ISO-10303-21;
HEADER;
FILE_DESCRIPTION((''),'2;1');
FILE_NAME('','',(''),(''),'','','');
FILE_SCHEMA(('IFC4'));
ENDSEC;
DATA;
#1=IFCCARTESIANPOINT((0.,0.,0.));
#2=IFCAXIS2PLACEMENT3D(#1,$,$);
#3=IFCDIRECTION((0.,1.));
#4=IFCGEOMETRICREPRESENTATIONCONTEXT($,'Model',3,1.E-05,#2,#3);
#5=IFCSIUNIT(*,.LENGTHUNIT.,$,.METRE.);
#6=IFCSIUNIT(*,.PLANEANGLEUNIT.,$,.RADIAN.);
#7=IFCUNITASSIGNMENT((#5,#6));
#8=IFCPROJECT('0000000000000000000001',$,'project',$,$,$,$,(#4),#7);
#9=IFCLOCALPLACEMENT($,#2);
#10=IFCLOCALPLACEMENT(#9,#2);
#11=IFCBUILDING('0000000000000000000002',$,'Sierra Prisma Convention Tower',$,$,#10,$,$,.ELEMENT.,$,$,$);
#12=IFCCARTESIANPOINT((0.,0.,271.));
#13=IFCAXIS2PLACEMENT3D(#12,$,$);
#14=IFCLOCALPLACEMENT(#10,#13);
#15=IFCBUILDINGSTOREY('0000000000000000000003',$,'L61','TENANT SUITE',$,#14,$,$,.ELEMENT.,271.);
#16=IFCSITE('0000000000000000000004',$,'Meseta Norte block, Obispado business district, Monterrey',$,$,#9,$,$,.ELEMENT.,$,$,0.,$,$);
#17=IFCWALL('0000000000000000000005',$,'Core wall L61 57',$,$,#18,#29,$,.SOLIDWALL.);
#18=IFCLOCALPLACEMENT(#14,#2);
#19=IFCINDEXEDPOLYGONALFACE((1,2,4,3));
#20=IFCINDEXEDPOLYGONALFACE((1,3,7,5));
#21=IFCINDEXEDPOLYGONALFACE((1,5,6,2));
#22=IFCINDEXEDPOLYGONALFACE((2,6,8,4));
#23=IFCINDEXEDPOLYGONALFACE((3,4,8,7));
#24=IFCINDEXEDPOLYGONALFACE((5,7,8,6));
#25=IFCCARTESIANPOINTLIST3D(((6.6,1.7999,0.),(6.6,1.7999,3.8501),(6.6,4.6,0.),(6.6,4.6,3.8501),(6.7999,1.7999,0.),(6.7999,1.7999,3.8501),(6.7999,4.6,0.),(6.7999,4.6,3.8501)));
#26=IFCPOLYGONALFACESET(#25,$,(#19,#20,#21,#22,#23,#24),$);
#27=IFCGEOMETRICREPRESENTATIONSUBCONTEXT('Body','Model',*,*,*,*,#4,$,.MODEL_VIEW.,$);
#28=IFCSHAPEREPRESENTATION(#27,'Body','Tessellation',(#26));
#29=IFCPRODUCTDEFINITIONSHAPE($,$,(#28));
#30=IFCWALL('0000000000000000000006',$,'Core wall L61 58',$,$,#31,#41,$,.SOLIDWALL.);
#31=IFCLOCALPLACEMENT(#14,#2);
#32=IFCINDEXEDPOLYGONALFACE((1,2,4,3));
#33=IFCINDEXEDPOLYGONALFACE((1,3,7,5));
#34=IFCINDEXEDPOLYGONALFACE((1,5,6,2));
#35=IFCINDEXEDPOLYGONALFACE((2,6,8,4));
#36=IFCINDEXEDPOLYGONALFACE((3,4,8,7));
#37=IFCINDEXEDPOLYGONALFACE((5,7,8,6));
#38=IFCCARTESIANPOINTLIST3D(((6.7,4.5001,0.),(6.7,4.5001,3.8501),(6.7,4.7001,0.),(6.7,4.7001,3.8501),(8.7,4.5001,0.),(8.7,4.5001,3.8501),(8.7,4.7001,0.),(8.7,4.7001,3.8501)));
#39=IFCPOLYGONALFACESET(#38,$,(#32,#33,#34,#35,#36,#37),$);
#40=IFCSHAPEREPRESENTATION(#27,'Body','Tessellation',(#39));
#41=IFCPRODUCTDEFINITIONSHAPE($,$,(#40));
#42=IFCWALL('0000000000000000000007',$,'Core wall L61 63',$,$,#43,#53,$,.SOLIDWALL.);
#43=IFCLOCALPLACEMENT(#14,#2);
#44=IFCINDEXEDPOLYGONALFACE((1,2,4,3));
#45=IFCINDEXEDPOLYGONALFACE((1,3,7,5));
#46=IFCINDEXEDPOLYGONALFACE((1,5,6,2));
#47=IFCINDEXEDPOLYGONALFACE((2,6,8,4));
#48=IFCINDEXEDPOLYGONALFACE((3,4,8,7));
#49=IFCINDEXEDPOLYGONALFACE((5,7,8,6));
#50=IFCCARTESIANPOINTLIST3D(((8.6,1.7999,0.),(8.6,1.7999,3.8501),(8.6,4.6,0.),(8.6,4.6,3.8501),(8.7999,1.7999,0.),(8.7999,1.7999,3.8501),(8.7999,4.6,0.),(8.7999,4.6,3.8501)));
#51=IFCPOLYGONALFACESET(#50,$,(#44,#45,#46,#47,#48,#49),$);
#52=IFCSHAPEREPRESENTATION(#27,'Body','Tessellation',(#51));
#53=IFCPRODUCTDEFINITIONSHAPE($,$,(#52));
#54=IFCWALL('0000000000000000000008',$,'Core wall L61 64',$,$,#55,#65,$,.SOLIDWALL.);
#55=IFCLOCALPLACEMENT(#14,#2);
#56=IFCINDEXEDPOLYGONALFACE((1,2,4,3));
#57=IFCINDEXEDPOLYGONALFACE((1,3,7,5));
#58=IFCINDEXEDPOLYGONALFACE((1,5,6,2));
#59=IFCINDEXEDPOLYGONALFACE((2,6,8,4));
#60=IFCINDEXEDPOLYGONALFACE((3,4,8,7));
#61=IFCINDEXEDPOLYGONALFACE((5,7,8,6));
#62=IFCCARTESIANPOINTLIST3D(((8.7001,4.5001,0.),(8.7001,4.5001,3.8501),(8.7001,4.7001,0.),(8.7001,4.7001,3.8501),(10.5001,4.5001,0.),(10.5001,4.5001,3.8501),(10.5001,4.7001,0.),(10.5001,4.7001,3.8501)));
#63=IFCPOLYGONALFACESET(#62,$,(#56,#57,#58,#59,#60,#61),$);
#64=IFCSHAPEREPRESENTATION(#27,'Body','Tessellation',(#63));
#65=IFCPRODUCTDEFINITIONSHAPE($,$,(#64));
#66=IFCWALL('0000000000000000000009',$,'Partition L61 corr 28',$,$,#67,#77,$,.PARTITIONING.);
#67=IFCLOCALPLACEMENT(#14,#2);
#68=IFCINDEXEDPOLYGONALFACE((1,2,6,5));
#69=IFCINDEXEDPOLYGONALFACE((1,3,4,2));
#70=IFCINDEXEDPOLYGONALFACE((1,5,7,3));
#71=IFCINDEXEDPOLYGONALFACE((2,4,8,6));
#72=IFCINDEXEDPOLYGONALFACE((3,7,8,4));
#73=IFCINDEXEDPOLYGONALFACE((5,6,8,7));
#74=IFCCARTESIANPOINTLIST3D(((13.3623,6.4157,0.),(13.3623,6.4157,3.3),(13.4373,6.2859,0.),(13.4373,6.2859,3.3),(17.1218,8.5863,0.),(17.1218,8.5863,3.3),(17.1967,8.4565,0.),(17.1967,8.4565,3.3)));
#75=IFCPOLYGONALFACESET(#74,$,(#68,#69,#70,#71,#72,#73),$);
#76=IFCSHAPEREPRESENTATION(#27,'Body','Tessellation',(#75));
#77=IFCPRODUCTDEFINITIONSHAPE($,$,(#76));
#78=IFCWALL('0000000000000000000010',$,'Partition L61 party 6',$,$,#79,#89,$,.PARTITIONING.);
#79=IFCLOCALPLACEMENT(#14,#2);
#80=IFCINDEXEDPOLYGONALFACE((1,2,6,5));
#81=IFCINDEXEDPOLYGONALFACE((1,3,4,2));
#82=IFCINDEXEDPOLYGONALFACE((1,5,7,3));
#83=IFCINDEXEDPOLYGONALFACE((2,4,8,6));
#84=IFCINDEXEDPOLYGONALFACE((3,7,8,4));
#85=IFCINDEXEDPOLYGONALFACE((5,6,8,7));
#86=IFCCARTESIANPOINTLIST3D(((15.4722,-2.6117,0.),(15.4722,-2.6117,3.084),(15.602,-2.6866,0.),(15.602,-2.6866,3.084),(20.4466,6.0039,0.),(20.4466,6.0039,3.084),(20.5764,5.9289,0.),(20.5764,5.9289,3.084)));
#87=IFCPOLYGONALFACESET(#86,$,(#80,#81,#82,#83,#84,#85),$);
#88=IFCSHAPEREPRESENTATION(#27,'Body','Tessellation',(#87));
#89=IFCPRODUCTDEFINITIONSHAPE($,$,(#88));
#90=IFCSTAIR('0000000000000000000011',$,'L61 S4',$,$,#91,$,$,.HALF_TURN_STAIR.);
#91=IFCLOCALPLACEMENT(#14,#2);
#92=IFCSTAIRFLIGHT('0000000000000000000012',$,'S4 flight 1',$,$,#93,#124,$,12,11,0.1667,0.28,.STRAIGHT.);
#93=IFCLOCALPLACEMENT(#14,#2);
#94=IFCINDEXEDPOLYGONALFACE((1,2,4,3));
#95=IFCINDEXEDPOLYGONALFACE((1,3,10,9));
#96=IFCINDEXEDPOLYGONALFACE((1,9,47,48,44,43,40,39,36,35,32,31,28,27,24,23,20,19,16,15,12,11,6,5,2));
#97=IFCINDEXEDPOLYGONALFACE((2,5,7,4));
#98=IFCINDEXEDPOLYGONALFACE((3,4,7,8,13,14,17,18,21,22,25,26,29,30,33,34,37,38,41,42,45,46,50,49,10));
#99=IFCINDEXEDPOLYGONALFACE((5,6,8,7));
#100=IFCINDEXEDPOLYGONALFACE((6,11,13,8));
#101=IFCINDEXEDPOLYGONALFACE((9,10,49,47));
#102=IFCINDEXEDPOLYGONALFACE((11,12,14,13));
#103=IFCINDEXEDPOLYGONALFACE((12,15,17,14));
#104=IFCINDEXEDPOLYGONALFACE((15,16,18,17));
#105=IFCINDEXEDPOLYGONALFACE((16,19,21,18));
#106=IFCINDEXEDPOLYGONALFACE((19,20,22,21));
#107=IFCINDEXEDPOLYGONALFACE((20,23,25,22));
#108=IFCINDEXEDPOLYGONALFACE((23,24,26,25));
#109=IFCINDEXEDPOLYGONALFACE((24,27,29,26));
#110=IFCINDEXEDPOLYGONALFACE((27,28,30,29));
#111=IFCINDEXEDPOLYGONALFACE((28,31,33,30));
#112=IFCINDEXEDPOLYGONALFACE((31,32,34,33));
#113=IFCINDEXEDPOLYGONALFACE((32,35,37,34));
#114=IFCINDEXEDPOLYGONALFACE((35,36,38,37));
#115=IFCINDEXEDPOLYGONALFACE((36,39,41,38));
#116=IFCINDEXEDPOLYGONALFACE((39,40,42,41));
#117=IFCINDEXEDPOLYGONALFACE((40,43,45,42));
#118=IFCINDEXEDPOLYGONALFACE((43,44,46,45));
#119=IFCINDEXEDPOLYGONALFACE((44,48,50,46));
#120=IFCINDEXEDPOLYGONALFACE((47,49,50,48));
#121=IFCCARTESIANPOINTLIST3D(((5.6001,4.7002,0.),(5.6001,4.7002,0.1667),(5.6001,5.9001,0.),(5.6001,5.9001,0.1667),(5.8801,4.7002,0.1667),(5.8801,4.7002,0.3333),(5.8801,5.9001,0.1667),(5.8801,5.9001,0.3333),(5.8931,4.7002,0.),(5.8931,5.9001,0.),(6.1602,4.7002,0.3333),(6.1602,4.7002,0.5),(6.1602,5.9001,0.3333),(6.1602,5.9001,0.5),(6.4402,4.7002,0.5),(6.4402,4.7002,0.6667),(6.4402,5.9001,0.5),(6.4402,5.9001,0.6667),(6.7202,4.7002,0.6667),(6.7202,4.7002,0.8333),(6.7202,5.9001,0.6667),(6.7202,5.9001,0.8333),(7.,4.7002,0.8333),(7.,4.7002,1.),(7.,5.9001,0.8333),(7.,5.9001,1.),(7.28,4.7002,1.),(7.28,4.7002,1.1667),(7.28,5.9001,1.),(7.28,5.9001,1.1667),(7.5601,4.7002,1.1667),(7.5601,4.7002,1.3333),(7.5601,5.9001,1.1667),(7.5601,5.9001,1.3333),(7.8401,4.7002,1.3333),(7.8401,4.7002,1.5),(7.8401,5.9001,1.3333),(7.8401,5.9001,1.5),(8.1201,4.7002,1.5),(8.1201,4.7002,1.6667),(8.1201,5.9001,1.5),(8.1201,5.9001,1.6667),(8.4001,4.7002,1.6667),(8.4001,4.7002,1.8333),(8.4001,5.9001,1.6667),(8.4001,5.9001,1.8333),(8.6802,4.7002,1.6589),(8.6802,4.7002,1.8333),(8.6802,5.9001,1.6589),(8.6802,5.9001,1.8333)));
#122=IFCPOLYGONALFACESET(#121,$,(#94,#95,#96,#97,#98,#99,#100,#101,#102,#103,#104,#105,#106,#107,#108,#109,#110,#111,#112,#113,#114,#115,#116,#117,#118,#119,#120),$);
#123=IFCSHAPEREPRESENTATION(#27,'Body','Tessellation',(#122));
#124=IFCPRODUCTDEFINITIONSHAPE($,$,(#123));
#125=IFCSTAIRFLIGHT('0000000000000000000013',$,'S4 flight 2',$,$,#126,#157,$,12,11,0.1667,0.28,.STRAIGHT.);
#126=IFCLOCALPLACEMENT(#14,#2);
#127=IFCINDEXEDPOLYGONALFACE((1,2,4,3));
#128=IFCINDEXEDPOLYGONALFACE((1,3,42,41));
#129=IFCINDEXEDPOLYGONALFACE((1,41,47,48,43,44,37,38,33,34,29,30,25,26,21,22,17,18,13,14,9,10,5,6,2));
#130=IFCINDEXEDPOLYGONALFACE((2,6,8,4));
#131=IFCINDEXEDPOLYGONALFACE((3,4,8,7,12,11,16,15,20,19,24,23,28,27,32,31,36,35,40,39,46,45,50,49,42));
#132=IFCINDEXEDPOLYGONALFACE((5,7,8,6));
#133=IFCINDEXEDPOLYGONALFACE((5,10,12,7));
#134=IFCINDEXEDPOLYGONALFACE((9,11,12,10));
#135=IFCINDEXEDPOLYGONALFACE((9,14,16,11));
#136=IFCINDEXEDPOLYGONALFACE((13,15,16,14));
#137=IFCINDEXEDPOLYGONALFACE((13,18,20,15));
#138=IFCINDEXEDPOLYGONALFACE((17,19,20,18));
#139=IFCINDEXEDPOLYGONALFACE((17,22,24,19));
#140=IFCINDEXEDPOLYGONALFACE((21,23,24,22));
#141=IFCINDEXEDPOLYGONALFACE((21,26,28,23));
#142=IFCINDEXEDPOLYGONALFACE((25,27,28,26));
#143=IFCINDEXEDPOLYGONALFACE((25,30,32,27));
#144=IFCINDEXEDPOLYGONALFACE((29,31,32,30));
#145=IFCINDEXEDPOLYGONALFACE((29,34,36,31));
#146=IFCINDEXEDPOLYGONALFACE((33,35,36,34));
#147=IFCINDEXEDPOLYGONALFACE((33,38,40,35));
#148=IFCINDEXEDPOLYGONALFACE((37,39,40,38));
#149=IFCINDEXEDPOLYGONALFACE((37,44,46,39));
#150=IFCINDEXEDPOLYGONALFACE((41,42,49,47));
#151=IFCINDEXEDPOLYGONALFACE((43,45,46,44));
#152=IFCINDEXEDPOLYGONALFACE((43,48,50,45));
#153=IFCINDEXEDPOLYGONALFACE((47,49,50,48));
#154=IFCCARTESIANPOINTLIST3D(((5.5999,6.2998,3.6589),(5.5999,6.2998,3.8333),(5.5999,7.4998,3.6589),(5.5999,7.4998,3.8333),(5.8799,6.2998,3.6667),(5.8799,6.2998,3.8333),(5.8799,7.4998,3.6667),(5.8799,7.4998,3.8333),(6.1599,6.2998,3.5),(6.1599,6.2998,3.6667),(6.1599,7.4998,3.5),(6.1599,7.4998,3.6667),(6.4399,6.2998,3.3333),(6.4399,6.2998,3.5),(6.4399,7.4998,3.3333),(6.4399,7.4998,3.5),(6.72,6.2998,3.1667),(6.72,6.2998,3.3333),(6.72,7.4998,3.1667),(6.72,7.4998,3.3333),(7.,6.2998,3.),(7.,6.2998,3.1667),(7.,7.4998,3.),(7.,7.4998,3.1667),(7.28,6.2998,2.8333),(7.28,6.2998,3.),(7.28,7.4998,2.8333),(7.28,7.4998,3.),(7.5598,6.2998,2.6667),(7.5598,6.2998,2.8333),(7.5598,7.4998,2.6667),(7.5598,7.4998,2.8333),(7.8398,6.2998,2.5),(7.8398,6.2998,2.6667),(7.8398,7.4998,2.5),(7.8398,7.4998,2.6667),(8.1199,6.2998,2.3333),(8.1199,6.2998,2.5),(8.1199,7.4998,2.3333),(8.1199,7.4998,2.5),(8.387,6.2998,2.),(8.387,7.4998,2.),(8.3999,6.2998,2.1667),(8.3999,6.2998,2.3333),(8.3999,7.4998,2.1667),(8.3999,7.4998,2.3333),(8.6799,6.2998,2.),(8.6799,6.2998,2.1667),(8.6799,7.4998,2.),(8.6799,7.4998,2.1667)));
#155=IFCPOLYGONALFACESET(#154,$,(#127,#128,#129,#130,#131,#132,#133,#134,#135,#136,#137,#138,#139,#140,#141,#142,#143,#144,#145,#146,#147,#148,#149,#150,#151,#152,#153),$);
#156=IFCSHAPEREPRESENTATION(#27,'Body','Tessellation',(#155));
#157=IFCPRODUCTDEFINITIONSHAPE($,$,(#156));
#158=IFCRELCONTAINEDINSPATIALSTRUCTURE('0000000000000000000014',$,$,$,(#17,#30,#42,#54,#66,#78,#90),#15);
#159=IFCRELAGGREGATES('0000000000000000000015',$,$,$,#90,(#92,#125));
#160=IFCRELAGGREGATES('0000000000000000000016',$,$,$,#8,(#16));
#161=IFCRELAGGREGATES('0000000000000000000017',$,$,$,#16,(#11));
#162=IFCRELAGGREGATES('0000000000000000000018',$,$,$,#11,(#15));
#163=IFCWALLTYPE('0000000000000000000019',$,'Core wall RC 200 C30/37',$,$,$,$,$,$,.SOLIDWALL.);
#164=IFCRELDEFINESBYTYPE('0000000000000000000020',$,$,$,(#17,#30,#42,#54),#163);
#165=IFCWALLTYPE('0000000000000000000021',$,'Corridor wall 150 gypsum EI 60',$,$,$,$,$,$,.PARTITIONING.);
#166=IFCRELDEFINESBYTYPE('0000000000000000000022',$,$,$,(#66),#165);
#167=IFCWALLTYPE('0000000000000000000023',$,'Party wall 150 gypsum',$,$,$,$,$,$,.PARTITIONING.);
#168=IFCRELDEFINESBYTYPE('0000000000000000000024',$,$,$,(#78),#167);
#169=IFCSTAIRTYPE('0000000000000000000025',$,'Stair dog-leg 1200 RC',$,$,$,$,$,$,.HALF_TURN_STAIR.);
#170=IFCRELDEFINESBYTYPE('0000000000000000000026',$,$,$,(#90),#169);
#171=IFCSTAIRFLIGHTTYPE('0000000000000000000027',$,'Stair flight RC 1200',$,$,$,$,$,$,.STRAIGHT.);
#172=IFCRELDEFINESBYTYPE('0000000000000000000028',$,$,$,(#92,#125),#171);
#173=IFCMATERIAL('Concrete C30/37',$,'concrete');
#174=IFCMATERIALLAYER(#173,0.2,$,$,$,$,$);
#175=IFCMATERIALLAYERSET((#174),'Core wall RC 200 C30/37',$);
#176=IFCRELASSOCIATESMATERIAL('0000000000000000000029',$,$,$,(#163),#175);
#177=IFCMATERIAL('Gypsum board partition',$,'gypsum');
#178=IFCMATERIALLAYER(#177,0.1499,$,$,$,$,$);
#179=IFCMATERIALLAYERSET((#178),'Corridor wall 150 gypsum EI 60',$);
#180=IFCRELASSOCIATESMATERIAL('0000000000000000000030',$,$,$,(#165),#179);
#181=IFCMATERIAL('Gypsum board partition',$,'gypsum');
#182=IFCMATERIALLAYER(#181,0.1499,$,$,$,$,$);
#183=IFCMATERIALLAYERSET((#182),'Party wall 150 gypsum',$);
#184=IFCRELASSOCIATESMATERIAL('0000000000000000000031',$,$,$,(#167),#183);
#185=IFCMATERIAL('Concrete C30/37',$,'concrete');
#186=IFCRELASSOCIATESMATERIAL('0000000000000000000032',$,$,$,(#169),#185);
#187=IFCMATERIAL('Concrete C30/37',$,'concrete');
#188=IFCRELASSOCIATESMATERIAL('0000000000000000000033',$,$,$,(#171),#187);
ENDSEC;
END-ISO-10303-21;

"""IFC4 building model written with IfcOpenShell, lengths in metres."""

from ifc_helpers import new_model, si_unit, direction, frame, frame_2d, origin, place, context, subcontext, project, spatial, polyline, rectangle, outline, extrude, material, layer, layer_set, type_object, element, aggregate, save


model = new_model("IFC4")

# Units and contexts
model_context = context("Model", 3, precision=1e-05, world=origin(), true_north=direction((0.0, 1.0)))
body_context = subcontext(model_context, "Body", "Model", "MODEL_VIEW")
ifc_project = project(units=[si_unit("LENGTHUNIT", "METRE"), si_unit("PLANEANGLEUNIT", "RADIAN")], contexts=[model_context])

# Site, building, storey
site_placement = place(None, origin())
site = spatial("IfcSite", under=ifc_project, at=site_placement, Name="Meseta Norte block, Obispado business district, Monterrey", CompositionType="ELEMENT", RefElevation=0.0)
building_placement = place(site_placement, origin())
building = spatial("IfcBuilding", under=site, at=building_placement, Name="Sierra Prisma Convention Tower", CompositionType="ELEMENT")
storey_placement = place(building_placement, frame((0.0, 0.0, 271.0)))
storey = spatial("IfcBuildingStorey", under=building, at=storey_placement, Name="L61", Description="TENANT SUITE", CompositionType="ELEMENT", Elevation=271.0)

# Shared definitions
ifc_material_1 = material(Name="Concrete C30/37", Category="concrete")
ifc_layer_1 = layer(ifc_material_1, 0.2)
ifc_layer_set_1 = layer_set([ifc_layer_1], Name="Core wall RC 200 C30/37")
wall_type_1 = type_object("IfcWallType", Name="Core wall RC 200 C30/37", PredefinedType="SOLIDWALL", material=ifc_layer_set_1)

# Walls
wall_1_placement = place(storey_placement, frame((6.7, 1.8, 0.0), z_axis=(0.0, 0.0, 1.0), x_axis=(0.0, 1.0, 0.0)))
element("IfcWall", 1, at=wall_1_placement, inside=storey, type_object=wall_type_1, Name="Core wall L61 57", PredefinedType="SOLIDWALL", context=body_context, shape_type="SweptSolid", body=[
    extrude(rectangle(XDim=2.8, YDim=0.2, at=frame_2d((1.3999, 0.0))), origin(), (0.0, 0.0, 1.0), 3.8501),
])
wall_2_placement = place(storey_placement, frame((8.7, 4.6001, 0.0), z_axis=(0.0, 0.0, 1.0), x_axis=(-1.0, 0.0, 0.0)))
element("IfcWall", 2, at=wall_2_placement, inside=storey, type_object=wall_type_1, Name="Core wall L61 58", PredefinedType="SOLIDWALL", context=body_context, shape_type="SweptSolid", body=[
    extrude(rectangle(XDim=2.0, YDim=0.2, at=frame_2d((1.0, 0.0))), origin(), (0.0, 0.0, 1.0), 3.8501),
])

# Walls
wall_3_placement = place(storey_placement, frame((8.7, 1.8, 0.0), z_axis=(0.0, 0.0, 1.0), x_axis=(0.0, 1.0, 0.0)))
element("IfcWall", 3, at=wall_3_placement, inside=storey, type_object=wall_type_1, Name="Core wall L61 63", PredefinedType="SOLIDWALL", context=body_context, shape_type="SweptSolid", body=[
    extrude(rectangle(XDim=2.8, YDim=0.2, at=frame_2d((1.3999, 0.0))), origin(), (0.0, 0.0, 1.0), 3.8501),
])
wall_4_placement = place(storey_placement, frame((10.5, 4.6001, 0.0), z_axis=(0.0, 0.0, 1.0), x_axis=(-1.0, 0.0, 0.0)))
element("IfcWall", 4, at=wall_4_placement, inside=storey, type_object=wall_type_1, Name="Core wall L61 64", PredefinedType="SOLIDWALL", context=body_context, shape_type="SweptSolid", body=[
    extrude(rectangle(XDim=1.8, YDim=0.2, at=frame_2d((0.8999, 0.0))), origin(), (0.0, 0.0, 1.0), 3.8501),
])
ifc_material_2 = material(Name="Gypsum board partition", Category="gypsum")
ifc_layer_2 = layer(ifc_material_2, 0.1499)
ifc_layer_set_2 = layer_set([ifc_layer_2], Name="Corridor wall 150 gypsum EI 60")
wall_type_2 = type_object("IfcWallType", Name="Corridor wall 150 gypsum EI 60", PredefinedType="PARTITIONING", material=ifc_layer_set_2)
wall_5_placement = place(storey_placement, frame((13.3999, 6.3508, 0.0), z_axis=(0.0, 0.0, 1.0), x_axis=(0.866016, 0.500016, 0.0)))
element("IfcWall", 5, at=wall_5_placement, inside=storey, type_object=wall_type_2, Name="Partition L61 corr 28", PredefinedType="PARTITIONING", context=body_context, shape_type="SweptSolid", body=[
    extrude(rectangle(XDim=4.3411, YDim=0.1499, at=frame_2d((2.1704, 0.0))), origin(), (0.0, 0.0, 1.0), 3.3),
])
ifc_material_3 = material(Name="Gypsum board partition", Category="gypsum")
ifc_layer_3 = layer(ifc_material_3, 0.1499)
ifc_layer_set_3 = layer_set([ifc_layer_3], Name="Party wall 150 gypsum")
wall_type_3 = type_object("IfcWallType", Name="Party wall 150 gypsum", PredefinedType="PARTITIONING", material=ifc_layer_set_3)
wall_6_placement = place(storey_placement, frame((20.5115, 5.9663, 0.0), z_axis=(0.0, 0.0, 1.0), x_axis=(-0.500016, -0.866016, 0.0)))
element("IfcWall", 6, at=wall_6_placement, inside=storey, type_object=wall_type_3, Name="Partition L61 party 6", PredefinedType="PARTITIONING", context=body_context, shape_type="SweptSolid", body=[
    extrude(rectangle(XDim=9.9485, YDim=0.1499, at=frame_2d((4.9741, 0.0))), origin(), (0.0, 0.0, 1.0), 3.084),
])

# Stair, stair flights
ifc_material_4 = material(Name="Concrete C30/37", Category="concrete")
stair_type = type_object("IfcStairType", Name="Stair dog-leg 1200 RC", PredefinedType="HALF_TURN_STAIR", material=ifc_material_4)
stair_placement = place(storey_placement, origin())
stair = element("IfcStair", 7, at=stair_placement, inside=storey, type_object=stair_type, Name="L61 S4", PredefinedType="HALF_TURN_STAIR")
ifc_material_5 = material(Name="Concrete C30/37", Category="concrete")
stair_flight_type = type_object("IfcStairFlightType", Name="Stair flight RC 1200", PredefinedType="STRAIGHT", material=ifc_material_5)
stair_flight_1_placement = place(storey_placement, frame((5.6001, 5.3, 0.0), z_axis=(0.0, 0.0, 1.0), x_axis=(1.0, 0.0, 0.0)))
stair_flight_1 = element("IfcStairFlight", 8, at=stair_flight_1_placement, type_object=stair_flight_type, Name="S4 flight 1", NumberOfRisers=12, NumberOfTreads=11, PredefinedType="STRAIGHT", RiserHeight=0.1667, TreadLength=0.28, context=body_context, shape_type="SweptSolid", body=[
    extrude(outline(polyline([(0.0, 0.0), (0.0, 0.1667), (0.28, 0.1667), (0.28, 0.3333), (0.5601, 0.3333), (0.5601, 0.5), (0.8401, 0.5), (0.8401, 0.6667), (1.1201, 0.6667), (1.1201, 0.8333), (1.3999, 0.8333), (1.3999, 1.0), (1.6799, 1.0), (1.6799, 1.1667), (1.96, 1.1667), (1.96, 1.3333), (2.24, 1.3333), (2.24, 1.5), (2.52, 1.5), (2.52, 1.6667), (2.8, 1.6667), (2.8, 1.8333), (3.0801, 1.8333), (3.0801, 2.0), (3.0801, 1.6589), (0.293, 0.0), (0.0, 0.0)])), frame((0.0, 0.6001, 0.0), z_axis=(0.0, -1.0, 0.0), x_axis=(1.0, 0.0, 0.0)), (0.0, 0.0, 1.0), 1.2),
])
stair_flight_2_placement = place(storey_placement, frame((8.6799, 6.8999, 2.0), z_axis=(0.0, 0.0, 1.0), x_axis=(-1.0, 0.0, 0.0)))
stair_flight_2 = element("IfcStairFlight", 9, at=stair_flight_2_placement, type_object=stair_flight_type, Name="S4 flight 2", NumberOfRisers=12, NumberOfTreads=11, PredefinedType="STRAIGHT", RiserHeight=0.1667, TreadLength=0.28, context=body_context, shape_type="SweptSolid", body=[
    extrude(outline(polyline([(0.0, 0.0), (0.0, 0.1667), (0.28, 0.1667), (0.28, 0.3333), (0.5601, 0.3333), (0.5601, 0.5), (0.8401, 0.5), (0.8401, 0.6667), (1.1201, 0.6667), (1.1201, 0.8333), (1.3999, 0.8333), (1.3999, 1.0), (1.6799, 1.0), (1.6799, 1.1667), (1.96, 1.1667), (1.96, 1.3333), (2.24, 1.3333), (2.24, 1.5), (2.52, 1.5), (2.52, 1.6667), (2.8, 1.6667), (2.8, 1.8333), (3.0801, 1.8333), (3.0801, 2.0), (3.0801, 1.6589), (0.293, 0.0), (0.0, 0.0)])), frame((0.0, 0.6001, 0.0), z_axis=(0.0, -1.0, 0.0), x_axis=(1.0, 0.0, 0.0)), (0.0, 0.0, 1.0), 1.2),
])
aggregate(stair, [stair_flight_1, stair_flight_2])

save(model, "model.ifc")
